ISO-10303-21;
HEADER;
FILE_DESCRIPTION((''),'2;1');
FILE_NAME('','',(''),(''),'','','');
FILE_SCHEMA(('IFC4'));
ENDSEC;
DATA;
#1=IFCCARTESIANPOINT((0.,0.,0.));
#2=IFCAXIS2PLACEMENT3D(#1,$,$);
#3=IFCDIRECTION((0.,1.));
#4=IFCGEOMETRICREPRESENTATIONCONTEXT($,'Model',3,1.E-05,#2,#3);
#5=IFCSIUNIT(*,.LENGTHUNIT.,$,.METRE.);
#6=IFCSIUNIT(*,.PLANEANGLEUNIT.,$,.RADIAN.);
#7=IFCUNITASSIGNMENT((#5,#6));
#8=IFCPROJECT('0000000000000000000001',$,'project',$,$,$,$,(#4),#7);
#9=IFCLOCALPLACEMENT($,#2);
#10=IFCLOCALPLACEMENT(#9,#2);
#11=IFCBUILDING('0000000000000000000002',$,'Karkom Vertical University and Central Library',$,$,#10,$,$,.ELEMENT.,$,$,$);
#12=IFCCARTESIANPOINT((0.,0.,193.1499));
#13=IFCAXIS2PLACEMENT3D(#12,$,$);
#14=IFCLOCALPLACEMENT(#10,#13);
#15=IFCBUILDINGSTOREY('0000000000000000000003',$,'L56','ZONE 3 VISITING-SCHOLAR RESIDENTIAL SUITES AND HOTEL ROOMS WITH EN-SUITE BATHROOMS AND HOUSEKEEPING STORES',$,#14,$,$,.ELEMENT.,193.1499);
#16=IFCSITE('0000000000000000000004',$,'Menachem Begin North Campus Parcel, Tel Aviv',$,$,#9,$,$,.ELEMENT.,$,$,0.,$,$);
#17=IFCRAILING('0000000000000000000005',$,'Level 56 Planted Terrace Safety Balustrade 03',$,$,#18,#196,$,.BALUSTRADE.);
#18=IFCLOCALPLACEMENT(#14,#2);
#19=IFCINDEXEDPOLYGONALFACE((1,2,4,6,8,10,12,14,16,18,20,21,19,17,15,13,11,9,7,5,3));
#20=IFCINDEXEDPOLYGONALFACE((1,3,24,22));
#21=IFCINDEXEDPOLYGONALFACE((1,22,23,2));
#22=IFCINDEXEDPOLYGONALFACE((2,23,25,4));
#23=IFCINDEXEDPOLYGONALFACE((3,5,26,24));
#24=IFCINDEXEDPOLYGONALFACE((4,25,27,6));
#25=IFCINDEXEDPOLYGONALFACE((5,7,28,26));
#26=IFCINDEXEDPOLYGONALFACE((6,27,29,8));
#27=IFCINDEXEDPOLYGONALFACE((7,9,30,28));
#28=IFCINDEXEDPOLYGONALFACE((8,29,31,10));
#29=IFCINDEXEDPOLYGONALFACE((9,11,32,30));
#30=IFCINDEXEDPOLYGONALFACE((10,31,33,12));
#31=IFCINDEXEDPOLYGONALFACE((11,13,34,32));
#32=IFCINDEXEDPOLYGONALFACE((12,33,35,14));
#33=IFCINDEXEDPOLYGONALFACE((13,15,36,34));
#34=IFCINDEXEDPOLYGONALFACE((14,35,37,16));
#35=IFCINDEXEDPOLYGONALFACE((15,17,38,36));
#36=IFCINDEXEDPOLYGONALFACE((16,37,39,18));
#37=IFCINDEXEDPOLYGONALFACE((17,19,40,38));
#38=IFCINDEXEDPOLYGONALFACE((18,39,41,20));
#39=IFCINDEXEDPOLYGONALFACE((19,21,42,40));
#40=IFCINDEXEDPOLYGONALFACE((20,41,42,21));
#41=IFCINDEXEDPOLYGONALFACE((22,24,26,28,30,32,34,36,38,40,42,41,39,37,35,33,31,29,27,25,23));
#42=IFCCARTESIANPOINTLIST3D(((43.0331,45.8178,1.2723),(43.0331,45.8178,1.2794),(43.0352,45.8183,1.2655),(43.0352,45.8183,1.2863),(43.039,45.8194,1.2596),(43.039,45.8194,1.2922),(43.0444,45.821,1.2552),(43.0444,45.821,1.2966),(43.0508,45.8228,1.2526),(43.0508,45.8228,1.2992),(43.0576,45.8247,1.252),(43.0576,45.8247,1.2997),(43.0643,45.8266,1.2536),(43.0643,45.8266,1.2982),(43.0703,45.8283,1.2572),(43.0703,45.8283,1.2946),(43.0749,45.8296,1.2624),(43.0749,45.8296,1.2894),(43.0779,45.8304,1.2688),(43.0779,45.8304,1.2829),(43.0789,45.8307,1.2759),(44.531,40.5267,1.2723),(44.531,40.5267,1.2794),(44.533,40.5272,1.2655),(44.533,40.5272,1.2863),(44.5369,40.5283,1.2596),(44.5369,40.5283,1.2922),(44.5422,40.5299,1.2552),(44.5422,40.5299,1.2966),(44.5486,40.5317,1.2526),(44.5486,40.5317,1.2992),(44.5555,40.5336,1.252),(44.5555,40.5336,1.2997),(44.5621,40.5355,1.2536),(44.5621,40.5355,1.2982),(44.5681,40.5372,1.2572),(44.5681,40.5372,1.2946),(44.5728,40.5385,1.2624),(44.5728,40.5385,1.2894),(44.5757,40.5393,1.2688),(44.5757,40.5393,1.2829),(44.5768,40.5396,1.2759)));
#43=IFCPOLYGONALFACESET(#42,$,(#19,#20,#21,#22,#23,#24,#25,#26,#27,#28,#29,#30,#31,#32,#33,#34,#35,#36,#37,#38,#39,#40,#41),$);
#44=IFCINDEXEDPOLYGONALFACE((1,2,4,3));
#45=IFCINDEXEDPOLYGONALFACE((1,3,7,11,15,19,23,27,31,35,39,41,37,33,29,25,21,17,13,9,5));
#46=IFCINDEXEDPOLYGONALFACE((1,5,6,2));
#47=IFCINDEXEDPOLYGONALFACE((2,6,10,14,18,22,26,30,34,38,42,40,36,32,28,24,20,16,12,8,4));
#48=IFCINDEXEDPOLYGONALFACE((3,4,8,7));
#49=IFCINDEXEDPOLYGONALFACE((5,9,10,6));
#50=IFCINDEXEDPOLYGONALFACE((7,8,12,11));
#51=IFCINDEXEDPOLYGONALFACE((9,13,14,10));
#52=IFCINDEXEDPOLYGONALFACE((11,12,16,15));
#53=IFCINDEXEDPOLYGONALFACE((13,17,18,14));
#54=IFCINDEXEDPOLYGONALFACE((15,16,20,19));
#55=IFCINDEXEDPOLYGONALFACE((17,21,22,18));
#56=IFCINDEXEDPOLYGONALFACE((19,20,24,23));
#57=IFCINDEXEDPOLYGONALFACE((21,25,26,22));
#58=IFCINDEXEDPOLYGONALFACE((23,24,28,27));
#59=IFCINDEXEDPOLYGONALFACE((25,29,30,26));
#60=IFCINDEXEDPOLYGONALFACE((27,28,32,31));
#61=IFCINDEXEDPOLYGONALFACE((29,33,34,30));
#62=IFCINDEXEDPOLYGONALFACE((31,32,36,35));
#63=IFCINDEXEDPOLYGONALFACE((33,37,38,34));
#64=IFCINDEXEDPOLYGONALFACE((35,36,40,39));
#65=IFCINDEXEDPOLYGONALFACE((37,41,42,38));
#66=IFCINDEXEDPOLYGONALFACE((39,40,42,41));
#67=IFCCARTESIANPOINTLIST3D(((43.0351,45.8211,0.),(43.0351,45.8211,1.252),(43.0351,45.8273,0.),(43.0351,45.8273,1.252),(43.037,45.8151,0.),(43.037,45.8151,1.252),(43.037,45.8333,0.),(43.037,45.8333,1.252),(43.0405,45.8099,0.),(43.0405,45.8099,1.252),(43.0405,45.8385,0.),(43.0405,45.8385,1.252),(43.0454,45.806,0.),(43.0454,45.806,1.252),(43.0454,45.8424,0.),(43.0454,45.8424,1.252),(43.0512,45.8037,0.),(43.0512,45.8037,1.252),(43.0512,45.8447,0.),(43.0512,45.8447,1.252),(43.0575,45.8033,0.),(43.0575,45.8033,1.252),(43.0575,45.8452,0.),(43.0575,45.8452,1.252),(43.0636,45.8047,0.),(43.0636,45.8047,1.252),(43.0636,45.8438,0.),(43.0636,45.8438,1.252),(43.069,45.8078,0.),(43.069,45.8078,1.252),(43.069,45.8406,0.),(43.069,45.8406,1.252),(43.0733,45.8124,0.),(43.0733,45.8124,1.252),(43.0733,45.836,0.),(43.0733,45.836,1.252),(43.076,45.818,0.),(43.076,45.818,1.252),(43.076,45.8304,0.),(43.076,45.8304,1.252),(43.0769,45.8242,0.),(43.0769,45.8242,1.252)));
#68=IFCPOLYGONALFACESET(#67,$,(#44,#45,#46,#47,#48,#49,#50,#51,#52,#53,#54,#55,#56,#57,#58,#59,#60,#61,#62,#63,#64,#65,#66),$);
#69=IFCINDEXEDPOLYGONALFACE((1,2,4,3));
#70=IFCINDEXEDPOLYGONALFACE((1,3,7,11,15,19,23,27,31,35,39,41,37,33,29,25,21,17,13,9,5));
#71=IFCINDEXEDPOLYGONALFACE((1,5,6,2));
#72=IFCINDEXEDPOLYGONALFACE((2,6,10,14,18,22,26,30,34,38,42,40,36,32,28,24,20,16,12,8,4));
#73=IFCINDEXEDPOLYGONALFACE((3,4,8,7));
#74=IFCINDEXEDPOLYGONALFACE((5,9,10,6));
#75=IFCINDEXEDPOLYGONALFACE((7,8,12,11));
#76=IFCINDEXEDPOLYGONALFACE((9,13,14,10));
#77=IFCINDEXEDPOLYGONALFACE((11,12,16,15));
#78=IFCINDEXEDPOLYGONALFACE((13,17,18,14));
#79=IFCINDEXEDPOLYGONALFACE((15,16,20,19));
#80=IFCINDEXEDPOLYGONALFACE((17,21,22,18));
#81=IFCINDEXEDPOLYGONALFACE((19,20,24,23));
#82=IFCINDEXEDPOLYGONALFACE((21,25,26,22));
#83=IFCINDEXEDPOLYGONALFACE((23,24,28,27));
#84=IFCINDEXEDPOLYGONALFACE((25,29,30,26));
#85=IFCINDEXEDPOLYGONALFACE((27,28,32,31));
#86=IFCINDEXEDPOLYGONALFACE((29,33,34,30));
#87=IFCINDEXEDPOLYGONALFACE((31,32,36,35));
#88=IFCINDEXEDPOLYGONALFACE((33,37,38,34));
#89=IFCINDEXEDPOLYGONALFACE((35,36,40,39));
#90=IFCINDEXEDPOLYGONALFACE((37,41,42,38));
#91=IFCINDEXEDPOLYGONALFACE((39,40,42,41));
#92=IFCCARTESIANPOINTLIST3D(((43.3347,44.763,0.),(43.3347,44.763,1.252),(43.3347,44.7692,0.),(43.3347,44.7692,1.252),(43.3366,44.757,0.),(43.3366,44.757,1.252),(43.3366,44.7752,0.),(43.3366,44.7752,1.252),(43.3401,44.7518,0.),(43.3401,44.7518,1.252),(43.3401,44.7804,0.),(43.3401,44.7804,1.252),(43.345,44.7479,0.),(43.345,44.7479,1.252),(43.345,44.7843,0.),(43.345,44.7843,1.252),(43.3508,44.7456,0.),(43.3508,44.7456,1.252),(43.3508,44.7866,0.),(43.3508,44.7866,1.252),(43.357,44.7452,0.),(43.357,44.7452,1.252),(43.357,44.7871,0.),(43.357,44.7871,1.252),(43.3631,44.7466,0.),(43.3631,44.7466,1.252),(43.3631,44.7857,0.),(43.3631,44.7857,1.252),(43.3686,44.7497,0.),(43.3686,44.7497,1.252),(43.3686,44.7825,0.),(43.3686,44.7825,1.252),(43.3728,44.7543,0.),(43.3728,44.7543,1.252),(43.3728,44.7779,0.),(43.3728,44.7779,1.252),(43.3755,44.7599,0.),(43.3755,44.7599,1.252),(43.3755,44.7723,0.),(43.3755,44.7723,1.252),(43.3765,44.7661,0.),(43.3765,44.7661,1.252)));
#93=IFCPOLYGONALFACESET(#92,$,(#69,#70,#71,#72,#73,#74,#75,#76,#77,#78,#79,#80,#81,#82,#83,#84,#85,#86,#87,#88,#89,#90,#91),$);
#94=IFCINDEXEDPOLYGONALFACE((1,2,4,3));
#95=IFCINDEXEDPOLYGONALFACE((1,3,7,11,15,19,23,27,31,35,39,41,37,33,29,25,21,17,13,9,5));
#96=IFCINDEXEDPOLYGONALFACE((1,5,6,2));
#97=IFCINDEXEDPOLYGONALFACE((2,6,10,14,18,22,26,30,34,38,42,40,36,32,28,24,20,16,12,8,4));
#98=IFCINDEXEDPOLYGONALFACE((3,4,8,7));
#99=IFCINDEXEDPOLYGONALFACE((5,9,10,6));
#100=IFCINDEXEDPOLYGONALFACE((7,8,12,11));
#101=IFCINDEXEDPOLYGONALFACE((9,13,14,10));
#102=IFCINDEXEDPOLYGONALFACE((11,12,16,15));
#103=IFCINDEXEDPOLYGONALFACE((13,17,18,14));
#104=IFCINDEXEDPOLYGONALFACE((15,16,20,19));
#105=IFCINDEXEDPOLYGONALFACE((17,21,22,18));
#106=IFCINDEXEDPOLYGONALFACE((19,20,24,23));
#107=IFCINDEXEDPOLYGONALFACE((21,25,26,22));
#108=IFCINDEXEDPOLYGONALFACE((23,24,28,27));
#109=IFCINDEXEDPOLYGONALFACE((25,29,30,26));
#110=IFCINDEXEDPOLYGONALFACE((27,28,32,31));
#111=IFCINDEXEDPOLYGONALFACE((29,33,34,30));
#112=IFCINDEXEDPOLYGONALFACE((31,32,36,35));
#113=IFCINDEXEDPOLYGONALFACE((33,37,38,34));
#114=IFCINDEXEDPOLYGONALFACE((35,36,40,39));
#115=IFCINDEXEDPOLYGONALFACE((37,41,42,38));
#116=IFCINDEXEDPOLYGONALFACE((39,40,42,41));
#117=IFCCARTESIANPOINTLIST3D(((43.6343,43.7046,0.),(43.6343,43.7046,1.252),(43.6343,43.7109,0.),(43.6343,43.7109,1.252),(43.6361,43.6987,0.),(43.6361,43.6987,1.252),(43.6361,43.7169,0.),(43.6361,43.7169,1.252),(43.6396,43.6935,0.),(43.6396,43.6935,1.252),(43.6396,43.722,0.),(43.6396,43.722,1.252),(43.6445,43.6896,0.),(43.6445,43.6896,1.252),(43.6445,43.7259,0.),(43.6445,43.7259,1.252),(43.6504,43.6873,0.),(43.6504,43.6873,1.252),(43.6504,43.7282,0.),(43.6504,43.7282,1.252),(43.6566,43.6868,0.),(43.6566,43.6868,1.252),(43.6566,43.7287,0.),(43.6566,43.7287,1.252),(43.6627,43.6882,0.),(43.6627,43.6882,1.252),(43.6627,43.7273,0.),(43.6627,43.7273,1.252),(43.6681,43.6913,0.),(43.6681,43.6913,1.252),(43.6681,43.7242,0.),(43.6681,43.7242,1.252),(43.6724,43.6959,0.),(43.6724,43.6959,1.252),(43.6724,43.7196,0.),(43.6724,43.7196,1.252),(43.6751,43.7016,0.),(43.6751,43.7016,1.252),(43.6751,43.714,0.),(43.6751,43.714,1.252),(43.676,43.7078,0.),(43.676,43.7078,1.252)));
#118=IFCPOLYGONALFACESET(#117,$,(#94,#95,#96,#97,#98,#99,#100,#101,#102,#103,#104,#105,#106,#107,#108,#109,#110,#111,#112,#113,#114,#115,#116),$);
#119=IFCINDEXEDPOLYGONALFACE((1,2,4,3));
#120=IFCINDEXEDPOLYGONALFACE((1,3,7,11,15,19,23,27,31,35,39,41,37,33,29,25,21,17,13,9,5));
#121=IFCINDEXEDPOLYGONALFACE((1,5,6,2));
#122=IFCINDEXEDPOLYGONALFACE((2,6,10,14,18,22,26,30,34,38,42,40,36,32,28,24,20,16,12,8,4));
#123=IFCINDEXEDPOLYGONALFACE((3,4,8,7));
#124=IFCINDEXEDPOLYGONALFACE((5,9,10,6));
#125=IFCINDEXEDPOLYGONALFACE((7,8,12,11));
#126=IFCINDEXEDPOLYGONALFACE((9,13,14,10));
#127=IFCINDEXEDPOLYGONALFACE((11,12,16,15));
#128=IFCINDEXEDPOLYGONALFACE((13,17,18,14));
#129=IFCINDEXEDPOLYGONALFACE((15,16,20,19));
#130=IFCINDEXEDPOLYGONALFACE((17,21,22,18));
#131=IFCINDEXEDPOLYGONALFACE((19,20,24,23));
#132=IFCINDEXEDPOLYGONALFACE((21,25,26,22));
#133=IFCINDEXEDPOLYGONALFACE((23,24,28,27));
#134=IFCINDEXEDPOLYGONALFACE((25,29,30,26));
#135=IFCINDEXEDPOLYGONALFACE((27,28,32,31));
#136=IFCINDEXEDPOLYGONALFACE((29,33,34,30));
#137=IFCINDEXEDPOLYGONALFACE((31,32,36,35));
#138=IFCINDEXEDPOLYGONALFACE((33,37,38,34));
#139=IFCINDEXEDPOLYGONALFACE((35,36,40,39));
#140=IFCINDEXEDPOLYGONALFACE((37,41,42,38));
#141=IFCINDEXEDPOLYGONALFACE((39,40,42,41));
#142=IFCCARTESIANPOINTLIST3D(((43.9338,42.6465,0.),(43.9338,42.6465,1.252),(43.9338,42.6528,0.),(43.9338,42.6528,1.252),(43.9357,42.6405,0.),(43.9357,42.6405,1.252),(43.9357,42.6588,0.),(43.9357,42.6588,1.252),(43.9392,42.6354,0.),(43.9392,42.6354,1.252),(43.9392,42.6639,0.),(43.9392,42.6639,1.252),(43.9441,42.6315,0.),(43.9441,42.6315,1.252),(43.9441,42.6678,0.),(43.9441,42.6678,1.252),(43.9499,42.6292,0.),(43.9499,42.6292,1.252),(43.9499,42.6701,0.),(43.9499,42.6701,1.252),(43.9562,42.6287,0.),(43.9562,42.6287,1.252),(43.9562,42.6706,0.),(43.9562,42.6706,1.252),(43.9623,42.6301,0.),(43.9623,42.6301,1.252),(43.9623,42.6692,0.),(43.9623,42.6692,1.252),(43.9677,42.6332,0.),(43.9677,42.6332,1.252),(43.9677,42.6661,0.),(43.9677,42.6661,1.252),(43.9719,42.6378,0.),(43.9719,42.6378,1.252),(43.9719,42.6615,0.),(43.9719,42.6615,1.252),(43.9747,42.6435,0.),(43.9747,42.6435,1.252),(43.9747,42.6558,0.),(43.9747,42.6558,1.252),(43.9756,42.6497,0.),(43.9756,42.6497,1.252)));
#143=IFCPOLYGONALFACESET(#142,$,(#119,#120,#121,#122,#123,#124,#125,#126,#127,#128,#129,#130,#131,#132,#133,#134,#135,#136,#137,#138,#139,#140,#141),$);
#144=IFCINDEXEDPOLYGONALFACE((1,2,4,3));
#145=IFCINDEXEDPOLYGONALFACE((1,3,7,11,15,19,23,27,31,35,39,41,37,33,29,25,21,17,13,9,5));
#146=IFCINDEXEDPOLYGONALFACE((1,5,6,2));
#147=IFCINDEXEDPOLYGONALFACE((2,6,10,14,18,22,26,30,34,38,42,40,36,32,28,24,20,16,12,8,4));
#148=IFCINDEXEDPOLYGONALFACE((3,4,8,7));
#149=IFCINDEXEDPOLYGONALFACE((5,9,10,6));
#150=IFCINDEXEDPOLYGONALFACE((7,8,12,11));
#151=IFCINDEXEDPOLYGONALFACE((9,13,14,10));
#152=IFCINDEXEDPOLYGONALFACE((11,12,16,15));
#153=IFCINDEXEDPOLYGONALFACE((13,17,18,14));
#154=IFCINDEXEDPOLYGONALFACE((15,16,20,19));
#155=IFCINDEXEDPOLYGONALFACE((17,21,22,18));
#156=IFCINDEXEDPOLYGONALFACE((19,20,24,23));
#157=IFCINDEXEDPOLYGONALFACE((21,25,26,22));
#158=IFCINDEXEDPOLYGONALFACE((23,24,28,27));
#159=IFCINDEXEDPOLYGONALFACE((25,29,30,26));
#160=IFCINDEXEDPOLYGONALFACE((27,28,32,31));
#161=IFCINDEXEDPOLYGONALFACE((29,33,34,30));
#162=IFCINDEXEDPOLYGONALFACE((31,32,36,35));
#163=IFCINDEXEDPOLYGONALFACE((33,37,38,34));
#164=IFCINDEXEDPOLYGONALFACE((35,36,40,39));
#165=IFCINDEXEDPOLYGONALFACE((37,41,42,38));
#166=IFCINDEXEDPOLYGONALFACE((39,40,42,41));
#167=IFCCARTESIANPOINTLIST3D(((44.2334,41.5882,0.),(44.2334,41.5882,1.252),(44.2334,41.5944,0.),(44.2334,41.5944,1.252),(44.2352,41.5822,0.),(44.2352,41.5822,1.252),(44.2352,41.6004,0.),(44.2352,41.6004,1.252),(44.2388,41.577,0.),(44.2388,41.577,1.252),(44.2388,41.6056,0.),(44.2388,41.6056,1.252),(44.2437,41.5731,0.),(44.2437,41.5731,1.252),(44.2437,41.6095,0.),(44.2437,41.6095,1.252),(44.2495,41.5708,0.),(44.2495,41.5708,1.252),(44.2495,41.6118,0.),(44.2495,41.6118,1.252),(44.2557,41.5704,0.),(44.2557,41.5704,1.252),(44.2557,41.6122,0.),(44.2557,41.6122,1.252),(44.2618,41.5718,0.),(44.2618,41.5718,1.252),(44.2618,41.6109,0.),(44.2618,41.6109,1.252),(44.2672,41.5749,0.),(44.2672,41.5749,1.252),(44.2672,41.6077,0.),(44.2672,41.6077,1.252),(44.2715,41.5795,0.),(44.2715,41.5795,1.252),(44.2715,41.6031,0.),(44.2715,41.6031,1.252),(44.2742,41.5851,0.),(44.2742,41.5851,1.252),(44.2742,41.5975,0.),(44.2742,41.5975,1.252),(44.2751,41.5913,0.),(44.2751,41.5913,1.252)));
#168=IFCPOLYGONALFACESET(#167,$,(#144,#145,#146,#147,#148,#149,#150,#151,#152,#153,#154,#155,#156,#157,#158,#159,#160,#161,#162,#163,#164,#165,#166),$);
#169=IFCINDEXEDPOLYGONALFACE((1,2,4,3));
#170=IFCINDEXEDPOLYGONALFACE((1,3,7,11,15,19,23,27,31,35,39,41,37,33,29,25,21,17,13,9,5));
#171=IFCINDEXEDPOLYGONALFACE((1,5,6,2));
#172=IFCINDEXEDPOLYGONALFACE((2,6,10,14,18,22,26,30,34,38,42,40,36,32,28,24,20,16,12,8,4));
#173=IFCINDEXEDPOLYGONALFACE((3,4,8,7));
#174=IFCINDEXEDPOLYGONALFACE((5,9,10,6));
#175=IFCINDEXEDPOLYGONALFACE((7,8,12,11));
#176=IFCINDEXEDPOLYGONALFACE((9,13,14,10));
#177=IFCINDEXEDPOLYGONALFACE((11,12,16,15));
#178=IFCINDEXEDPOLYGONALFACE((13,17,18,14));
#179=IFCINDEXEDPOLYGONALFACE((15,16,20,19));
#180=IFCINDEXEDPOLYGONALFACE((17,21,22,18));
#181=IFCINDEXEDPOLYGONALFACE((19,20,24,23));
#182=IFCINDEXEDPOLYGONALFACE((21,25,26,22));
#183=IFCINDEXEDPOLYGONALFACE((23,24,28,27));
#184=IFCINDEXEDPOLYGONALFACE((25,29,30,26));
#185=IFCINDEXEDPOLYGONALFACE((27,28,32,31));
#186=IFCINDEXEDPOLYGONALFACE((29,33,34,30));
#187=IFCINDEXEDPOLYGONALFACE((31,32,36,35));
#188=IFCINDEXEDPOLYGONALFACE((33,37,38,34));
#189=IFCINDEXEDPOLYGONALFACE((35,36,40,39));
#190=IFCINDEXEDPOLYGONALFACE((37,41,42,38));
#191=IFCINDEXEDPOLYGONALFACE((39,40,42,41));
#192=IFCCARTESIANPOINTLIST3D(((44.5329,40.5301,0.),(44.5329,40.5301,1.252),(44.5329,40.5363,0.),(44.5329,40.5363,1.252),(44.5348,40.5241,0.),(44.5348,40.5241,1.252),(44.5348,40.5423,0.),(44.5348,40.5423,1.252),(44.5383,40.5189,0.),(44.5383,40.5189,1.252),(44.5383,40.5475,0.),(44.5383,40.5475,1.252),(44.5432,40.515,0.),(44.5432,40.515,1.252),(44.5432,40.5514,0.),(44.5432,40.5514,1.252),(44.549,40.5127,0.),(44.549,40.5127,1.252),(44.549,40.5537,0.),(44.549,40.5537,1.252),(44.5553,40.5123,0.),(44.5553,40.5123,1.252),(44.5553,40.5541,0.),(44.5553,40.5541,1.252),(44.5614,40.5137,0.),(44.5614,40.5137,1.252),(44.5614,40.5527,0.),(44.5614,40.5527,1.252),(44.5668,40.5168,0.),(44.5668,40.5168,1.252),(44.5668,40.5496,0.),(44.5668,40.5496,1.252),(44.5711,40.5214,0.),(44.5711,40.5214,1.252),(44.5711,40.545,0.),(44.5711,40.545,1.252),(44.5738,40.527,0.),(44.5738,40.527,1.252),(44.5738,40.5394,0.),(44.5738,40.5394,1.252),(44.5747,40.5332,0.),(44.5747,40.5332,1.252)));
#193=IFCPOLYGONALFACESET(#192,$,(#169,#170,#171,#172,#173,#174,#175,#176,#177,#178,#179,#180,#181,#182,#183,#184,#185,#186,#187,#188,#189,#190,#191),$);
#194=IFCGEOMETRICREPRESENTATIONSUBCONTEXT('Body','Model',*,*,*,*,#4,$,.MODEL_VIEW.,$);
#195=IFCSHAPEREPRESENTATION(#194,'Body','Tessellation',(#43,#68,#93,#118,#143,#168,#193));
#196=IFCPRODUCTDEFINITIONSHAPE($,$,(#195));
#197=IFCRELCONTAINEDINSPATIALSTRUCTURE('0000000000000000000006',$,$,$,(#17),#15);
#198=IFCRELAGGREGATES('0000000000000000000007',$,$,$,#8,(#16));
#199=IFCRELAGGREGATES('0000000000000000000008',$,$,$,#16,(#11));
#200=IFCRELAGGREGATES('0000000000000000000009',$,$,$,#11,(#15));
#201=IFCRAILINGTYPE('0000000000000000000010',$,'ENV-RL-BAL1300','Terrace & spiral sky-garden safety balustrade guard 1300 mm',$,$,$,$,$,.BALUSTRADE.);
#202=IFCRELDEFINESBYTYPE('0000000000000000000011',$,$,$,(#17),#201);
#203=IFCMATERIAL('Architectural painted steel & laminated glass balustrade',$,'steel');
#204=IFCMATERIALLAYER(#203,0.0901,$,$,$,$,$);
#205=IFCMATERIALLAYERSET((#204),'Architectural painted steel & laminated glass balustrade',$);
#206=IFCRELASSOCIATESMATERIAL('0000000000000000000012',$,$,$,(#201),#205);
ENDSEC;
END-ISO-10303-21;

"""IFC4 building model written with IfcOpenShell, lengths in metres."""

from ifc_helpers import new_model, si_unit, direction, frame, origin, origin_2d, place, context, subcontext, project, spatial, circle, extrude, material, layer, layer_set, type_object, element, save


model = new_model("IFC4")

# Units and contexts
model_context = context("Model", 3, precision=1e-05, world=origin(), true_north=direction((0.0, 1.0)))
body_context = subcontext(model_context, "Body", "Model", "MODEL_VIEW")
ifc_project = project(units=[si_unit("LENGTHUNIT", "METRE"), si_unit("PLANEANGLEUNIT", "RADIAN")], contexts=[model_context])

# Site, building, storey
site_placement = place(None, origin())
site = spatial("IfcSite", under=ifc_project, at=site_placement, Name="Menachem Begin North Campus Parcel, Tel Aviv", CompositionType="ELEMENT", RefElevation=0.0)
building_placement = place(site_placement, origin())
building = spatial("IfcBuilding", under=site, at=building_placement, Name="Karkom Vertical University and Central Library", CompositionType="ELEMENT")
storey_placement = place(building_placement, frame((0.0, 0.0, 193.1499)))
storey = spatial("IfcBuildingStorey", under=building, at=storey_placement, Name="L56", Description="ZONE 3 VISITING-SCHOLAR RESIDENTIAL SUITES AND HOTEL ROOMS WITH EN-SUITE BATHROOMS AND HOUSEKEEPING STORES", CompositionType="ELEMENT", Elevation=193.1499)

# Railing
ifc_material_1 = material(Name="Architectural painted steel & laminated glass balustrade", Category="steel")
ifc_layer_1 = layer(ifc_material_1, 0.0901)
ifc_layer_set_1 = layer_set([ifc_layer_1], Name="Architectural painted steel & laminated glass balustrade")
railing_type = type_object("IfcRailingType", Name="ENV-RL-BAL1300", Description="Terrace & spiral sky-garden safety balustrade guard 1300 mm", PredefinedType="BALUSTRADE", material=ifc_layer_set_1)
railing_1_placement = place(storey_placement, frame((43.0559, 45.8242, 0.0)))
element("IfcRailing", 1, at=railing_1_placement, inside=storey, type_object=railing_type, Name="Level 56 Planted Terrace Safety Balustrade 03", PredefinedType="BALUSTRADE", context=body_context, shape_type="SweptSolid", body=[
    extrude(circle(Radius=0.0239, at=origin_2d()), frame((0.0, 0.0, 1.2759), z_axis=(0.272381, -0.96219, 0.0), x_axis=(0.96219, 0.272381, 0.0)), (0.0, 0.0, 1.0), 5.499),
    extrude(circle(Radius=0.021, at=origin_2d()), origin(), (0.0, 0.0, 1.0), 1.252),
    extrude(circle(Radius=0.021, at=origin_2d()), frame((0.2996, -1.0581, 0.0)), (0.0, 0.0, 1.0), 1.252),
    extrude(circle(Radius=0.021, at=origin_2d()), frame((0.5991, -2.1165, 0.0)), (0.0, 0.0, 1.0), 1.252),
    extrude(circle(Radius=0.021, at=origin_2d()), frame((0.8987, -3.1746, 0.0)), (0.0, 0.0, 1.0), 1.252),
    extrude(circle(Radius=0.021, at=origin_2d()), frame((1.1982, -4.2329, 0.0)), (0.0, 0.0, 1.0), 1.252),
    extrude(circle(Radius=0.021, at=origin_2d()), frame((1.4978, -5.291, 0.0)), (0.0, 0.0, 1.0), 1.252),
])

save(model, "model.ifc")
